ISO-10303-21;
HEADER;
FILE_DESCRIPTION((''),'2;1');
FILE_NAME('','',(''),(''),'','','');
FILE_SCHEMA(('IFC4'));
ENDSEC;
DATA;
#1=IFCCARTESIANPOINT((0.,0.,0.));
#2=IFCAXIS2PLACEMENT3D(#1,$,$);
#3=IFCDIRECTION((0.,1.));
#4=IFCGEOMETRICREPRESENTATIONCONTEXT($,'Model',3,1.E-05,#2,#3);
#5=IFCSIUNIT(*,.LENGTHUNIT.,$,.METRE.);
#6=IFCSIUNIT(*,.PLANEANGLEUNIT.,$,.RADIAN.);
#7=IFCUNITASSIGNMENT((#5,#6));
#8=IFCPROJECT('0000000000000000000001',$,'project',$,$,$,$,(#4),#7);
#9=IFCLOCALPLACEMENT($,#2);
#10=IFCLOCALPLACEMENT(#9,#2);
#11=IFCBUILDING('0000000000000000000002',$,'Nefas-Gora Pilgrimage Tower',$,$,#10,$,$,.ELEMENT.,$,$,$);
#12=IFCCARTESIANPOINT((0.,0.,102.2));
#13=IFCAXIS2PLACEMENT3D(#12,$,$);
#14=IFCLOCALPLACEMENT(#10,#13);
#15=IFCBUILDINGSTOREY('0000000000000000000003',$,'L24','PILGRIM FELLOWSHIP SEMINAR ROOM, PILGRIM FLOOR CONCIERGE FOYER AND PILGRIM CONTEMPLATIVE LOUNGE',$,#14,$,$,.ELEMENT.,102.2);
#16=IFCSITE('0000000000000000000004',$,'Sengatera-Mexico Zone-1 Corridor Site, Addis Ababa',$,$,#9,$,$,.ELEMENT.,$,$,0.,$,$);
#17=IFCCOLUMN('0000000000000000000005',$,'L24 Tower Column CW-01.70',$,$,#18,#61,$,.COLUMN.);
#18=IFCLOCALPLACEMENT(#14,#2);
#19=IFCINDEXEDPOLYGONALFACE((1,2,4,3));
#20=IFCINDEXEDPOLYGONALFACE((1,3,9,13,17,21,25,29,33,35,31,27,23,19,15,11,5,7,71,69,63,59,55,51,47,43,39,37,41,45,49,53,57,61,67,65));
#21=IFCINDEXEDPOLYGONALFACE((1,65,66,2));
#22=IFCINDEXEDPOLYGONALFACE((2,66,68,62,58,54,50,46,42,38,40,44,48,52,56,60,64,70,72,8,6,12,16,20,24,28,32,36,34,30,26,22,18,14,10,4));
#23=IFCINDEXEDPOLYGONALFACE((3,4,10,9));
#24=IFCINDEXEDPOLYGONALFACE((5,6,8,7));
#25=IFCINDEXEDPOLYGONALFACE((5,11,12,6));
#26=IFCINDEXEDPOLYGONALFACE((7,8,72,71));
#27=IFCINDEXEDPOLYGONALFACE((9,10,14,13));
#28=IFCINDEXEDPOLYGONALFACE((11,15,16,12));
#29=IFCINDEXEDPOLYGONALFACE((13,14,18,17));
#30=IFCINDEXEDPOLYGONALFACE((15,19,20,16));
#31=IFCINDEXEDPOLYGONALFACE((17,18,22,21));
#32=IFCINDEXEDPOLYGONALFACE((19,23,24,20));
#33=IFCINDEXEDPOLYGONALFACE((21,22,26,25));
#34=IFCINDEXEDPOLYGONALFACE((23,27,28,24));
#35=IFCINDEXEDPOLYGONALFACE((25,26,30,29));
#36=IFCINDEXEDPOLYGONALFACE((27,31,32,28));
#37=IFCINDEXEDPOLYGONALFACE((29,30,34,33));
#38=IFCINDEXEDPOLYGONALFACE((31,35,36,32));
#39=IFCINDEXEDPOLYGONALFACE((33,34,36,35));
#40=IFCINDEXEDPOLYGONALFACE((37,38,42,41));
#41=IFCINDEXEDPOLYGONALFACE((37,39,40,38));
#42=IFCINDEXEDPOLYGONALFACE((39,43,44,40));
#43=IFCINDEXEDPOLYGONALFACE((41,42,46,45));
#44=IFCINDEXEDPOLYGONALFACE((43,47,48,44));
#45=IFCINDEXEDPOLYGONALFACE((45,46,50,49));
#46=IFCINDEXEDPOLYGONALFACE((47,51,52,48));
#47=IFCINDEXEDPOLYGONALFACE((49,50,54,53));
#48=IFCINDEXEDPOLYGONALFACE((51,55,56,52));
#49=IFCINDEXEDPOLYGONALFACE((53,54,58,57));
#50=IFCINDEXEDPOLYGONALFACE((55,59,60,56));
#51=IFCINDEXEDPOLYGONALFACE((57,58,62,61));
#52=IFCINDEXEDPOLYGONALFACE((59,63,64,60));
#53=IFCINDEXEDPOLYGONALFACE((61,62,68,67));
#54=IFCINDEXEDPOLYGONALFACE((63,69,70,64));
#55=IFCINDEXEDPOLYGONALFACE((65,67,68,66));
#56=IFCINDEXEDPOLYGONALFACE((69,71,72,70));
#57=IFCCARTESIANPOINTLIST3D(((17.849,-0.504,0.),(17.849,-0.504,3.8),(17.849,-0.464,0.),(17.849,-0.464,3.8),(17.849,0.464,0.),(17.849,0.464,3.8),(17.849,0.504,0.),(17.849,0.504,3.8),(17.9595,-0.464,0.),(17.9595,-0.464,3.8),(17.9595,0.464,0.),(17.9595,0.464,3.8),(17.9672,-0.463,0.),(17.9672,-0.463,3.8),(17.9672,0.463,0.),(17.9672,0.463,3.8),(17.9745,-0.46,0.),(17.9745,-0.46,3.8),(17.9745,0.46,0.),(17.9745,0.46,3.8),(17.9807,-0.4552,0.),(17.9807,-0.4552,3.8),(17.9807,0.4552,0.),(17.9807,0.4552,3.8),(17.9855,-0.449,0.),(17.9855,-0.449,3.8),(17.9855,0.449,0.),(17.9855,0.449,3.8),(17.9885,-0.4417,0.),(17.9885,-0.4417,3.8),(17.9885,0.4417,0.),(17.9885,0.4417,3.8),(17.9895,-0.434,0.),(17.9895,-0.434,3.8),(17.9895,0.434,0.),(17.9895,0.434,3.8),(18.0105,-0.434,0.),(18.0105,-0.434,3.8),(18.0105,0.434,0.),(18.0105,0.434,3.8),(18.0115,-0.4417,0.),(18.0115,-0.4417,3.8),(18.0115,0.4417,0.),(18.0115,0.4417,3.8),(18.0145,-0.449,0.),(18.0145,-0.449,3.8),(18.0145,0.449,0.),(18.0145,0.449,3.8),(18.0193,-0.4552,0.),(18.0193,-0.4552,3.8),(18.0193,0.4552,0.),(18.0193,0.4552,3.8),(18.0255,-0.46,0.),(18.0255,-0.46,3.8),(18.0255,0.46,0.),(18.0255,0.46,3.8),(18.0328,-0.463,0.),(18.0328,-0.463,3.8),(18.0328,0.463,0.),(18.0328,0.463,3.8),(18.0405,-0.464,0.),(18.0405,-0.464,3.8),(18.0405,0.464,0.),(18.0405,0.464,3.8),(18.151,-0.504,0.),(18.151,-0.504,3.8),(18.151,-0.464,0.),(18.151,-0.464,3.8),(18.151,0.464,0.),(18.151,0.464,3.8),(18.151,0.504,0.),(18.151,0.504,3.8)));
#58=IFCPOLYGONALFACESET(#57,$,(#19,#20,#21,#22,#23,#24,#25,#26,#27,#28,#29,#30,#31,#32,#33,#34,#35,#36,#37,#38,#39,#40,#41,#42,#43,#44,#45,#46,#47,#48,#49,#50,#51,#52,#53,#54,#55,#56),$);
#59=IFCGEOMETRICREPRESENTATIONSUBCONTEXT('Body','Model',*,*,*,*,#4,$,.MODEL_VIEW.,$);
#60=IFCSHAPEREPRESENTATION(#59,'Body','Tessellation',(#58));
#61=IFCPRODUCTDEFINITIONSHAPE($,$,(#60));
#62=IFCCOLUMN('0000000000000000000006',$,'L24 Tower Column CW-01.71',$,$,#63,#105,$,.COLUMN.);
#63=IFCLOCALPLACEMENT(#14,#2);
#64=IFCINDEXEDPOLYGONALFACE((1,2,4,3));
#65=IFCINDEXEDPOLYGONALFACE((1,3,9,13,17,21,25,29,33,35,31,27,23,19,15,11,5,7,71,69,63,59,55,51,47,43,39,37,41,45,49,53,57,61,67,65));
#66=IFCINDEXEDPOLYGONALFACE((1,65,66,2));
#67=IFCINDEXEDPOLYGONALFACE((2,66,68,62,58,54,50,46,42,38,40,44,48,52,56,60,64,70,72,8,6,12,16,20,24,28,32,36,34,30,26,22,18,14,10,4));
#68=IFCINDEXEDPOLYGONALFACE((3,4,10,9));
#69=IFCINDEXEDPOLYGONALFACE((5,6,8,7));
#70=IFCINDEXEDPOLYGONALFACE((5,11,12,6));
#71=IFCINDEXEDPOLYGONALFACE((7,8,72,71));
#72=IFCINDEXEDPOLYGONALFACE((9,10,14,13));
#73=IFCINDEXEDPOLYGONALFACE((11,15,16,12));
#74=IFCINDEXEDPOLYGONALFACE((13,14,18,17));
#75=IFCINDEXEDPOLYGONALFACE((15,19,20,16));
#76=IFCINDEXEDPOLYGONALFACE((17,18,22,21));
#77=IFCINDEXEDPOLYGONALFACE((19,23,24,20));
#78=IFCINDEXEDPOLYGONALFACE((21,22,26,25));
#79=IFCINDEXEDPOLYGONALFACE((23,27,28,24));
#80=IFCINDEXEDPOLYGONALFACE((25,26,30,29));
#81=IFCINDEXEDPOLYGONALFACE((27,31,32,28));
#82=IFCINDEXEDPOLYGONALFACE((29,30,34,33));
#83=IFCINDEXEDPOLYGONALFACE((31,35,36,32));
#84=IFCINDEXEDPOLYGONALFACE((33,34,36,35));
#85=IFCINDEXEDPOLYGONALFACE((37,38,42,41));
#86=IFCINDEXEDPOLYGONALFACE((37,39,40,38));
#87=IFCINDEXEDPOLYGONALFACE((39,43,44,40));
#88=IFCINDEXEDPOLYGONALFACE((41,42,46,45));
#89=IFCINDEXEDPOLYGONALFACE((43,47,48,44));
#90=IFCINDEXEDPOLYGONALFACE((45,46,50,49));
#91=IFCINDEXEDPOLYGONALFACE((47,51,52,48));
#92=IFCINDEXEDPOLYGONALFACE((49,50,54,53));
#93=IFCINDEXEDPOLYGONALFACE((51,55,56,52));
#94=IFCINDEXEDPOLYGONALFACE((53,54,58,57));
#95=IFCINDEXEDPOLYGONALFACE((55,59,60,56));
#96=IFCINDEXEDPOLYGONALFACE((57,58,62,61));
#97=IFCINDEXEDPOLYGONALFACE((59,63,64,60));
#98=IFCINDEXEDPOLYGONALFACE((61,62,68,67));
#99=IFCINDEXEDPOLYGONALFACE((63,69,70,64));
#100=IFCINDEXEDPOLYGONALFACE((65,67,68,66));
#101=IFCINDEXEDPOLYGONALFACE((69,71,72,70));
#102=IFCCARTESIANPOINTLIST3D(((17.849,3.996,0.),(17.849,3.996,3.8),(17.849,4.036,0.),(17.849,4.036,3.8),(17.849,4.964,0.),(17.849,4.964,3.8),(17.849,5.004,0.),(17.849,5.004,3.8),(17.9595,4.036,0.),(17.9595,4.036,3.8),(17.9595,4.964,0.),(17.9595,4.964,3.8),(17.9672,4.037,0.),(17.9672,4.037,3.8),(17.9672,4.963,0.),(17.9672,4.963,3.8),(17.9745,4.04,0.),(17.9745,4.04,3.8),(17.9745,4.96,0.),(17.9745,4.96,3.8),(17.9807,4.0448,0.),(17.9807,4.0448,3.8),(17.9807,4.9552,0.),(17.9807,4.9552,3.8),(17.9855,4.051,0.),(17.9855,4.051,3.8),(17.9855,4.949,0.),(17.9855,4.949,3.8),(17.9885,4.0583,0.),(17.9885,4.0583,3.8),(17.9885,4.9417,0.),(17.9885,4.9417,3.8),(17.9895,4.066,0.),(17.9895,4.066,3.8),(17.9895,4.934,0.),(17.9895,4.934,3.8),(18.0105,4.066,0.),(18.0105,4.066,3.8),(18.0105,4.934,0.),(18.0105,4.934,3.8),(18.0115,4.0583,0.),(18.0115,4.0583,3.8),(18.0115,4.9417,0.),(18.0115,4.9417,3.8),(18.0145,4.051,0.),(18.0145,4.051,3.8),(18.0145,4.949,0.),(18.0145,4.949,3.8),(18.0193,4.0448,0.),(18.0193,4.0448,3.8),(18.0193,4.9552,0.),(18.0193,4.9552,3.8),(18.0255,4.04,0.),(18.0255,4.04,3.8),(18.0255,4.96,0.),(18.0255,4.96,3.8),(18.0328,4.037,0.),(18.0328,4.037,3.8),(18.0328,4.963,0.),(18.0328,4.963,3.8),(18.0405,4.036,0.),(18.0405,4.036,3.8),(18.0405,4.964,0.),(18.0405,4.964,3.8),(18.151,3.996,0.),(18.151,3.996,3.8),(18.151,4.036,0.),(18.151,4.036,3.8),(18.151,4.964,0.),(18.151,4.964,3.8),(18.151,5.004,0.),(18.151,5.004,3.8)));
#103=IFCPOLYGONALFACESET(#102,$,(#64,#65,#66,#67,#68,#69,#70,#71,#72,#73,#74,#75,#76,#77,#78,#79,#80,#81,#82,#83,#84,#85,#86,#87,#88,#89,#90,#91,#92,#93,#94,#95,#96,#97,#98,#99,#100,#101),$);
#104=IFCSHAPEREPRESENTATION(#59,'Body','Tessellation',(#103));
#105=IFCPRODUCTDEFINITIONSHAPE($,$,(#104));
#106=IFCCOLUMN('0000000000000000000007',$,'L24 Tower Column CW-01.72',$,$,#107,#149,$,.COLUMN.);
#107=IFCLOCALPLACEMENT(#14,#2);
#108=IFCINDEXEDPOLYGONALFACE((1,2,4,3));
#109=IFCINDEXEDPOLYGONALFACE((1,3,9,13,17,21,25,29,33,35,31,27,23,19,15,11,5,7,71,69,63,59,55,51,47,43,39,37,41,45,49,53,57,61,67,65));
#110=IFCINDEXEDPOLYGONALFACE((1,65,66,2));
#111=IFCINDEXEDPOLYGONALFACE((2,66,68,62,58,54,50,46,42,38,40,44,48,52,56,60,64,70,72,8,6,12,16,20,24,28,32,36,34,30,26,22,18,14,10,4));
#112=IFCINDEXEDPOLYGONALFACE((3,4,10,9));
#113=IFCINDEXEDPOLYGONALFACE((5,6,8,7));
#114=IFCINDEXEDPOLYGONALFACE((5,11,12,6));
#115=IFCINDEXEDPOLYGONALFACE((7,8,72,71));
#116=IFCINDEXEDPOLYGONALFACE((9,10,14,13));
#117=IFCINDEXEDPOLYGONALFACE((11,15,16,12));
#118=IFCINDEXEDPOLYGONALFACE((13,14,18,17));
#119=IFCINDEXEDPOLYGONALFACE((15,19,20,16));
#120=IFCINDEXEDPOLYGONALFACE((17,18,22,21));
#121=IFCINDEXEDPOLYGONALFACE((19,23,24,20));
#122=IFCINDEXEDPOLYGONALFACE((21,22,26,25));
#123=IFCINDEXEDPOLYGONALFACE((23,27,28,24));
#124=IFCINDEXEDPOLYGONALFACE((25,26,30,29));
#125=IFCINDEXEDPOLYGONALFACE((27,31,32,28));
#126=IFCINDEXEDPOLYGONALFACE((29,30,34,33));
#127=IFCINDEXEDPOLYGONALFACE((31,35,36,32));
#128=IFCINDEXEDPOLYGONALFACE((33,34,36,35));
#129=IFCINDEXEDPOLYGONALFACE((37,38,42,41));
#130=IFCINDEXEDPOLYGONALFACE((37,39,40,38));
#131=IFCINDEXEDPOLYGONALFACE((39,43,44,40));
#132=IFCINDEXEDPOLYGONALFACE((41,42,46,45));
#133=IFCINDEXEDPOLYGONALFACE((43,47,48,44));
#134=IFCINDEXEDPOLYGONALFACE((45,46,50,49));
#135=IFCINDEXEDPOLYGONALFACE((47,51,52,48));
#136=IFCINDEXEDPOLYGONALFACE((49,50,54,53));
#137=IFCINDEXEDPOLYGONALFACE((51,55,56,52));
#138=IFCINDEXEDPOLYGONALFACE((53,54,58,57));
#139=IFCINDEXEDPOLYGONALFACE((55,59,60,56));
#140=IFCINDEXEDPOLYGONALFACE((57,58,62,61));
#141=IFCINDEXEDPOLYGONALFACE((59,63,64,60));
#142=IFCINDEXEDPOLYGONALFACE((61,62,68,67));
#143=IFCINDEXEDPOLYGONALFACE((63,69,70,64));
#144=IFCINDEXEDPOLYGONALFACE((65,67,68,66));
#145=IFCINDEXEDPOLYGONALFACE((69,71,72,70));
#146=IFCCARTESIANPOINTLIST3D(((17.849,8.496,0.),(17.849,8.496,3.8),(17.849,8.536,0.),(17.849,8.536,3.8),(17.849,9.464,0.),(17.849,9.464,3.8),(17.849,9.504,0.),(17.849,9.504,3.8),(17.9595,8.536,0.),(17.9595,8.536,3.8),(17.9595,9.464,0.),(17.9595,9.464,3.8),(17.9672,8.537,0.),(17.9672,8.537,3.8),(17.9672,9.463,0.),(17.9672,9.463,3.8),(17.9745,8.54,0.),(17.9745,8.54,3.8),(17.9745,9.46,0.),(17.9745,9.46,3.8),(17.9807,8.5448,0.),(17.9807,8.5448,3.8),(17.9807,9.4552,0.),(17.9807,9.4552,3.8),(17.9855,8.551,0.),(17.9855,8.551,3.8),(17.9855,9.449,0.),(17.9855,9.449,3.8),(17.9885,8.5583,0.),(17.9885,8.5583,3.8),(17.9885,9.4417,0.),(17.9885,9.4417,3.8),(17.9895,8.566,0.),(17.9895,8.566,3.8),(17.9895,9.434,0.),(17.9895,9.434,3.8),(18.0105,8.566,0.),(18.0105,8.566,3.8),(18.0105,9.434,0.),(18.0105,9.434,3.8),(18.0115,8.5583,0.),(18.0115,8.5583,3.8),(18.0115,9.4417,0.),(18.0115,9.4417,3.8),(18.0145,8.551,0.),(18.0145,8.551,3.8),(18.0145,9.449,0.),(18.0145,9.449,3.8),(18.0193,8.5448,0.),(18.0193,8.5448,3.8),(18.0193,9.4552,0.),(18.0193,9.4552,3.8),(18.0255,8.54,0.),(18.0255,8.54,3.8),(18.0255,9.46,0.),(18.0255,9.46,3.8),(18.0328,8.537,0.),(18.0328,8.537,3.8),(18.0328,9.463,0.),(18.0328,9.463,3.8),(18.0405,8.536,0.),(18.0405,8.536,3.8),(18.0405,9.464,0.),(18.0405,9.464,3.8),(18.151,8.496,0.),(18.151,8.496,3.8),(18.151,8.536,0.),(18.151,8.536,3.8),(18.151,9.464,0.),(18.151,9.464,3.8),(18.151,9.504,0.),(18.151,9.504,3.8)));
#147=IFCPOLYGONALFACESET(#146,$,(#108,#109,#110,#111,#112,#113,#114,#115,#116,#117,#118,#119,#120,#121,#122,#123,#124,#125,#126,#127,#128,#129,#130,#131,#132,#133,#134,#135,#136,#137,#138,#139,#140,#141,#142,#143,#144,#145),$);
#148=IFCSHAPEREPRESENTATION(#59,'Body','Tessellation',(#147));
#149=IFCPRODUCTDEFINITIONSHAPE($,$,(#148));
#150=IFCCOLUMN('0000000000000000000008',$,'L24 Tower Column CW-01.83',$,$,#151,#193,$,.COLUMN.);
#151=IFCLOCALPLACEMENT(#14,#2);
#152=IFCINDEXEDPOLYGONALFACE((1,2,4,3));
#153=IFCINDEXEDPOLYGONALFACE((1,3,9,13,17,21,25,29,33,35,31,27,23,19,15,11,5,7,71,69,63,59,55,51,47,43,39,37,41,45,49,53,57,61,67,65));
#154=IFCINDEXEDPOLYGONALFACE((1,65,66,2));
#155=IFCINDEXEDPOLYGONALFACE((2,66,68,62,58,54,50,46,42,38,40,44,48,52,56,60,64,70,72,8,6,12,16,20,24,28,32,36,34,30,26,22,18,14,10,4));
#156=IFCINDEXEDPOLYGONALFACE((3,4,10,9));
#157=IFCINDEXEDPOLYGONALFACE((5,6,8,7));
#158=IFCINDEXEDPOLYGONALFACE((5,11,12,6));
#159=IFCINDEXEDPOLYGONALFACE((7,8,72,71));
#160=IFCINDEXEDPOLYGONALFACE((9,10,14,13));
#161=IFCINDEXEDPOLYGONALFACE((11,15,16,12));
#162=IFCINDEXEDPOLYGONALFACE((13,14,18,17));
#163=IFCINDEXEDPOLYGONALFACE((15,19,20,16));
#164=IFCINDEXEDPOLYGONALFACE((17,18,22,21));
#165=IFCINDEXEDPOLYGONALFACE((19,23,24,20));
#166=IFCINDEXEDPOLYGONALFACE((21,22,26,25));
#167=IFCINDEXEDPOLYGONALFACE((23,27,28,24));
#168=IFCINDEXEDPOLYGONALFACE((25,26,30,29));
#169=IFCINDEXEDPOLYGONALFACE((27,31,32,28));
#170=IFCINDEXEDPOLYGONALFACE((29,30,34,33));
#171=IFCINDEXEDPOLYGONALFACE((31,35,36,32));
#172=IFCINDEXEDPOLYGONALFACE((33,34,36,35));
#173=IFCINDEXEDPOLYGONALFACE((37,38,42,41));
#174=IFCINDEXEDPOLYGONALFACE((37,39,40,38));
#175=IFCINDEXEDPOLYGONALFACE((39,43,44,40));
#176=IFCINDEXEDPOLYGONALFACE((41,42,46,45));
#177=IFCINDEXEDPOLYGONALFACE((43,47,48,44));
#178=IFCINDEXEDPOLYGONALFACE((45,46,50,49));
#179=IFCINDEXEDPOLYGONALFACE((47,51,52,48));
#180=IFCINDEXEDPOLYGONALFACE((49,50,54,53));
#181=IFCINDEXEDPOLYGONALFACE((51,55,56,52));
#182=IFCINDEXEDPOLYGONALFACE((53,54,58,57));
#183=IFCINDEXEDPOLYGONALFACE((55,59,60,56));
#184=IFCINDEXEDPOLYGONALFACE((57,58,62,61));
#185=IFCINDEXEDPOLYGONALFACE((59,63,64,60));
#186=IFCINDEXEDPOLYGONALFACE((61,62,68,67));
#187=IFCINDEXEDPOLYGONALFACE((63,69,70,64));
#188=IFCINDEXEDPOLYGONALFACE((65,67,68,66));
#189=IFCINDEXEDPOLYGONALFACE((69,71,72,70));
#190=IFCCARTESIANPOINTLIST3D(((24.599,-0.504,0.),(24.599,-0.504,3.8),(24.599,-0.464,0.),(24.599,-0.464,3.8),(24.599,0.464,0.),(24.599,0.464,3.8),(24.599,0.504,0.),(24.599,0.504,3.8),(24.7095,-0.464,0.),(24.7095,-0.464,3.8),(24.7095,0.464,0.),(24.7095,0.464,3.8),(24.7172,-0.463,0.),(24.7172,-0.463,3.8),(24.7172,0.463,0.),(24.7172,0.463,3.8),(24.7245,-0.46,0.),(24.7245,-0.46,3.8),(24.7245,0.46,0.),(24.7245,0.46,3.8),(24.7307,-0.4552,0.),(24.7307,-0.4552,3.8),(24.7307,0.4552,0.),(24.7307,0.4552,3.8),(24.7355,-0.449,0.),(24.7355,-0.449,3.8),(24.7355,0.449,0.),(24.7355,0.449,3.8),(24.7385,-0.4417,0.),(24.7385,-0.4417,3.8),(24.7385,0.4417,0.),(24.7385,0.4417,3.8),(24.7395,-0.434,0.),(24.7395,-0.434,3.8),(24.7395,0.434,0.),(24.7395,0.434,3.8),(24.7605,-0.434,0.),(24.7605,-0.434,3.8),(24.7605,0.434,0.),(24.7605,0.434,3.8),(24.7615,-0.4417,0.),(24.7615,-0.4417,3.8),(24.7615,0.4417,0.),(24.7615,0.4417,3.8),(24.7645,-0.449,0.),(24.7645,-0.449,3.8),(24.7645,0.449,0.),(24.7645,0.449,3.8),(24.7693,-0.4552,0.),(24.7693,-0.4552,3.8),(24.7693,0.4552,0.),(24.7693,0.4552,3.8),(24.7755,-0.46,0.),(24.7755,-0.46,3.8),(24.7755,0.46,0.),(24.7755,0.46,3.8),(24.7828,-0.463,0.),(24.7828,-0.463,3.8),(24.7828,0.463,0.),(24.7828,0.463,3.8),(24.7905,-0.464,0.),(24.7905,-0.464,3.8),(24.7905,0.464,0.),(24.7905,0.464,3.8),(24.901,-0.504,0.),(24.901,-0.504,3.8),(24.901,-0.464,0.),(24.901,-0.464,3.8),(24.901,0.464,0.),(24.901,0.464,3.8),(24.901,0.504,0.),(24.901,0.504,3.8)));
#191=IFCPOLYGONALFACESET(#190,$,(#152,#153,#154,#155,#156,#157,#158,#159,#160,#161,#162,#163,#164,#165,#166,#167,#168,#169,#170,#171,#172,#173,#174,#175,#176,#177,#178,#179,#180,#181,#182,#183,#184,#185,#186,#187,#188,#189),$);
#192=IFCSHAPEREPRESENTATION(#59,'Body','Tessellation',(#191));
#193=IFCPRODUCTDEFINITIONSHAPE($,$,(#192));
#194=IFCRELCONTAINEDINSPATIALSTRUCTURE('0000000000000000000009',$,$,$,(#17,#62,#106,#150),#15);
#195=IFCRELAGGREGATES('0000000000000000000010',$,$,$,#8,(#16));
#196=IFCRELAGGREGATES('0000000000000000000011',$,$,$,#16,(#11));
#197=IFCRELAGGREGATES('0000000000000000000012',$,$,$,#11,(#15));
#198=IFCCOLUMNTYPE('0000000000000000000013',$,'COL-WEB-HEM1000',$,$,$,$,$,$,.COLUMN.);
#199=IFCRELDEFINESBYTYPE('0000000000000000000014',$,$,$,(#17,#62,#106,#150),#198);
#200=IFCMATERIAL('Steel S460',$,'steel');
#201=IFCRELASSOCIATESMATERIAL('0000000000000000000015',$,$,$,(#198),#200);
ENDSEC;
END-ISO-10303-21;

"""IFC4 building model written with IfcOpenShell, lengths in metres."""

from ifc_helpers import new_model, si_unit, direction, frame, origin, origin_2d, place, context, subcontext, project, spatial, i_section, extrude, source, transform, mapped, material, material_profile, profile_set, type_object, element, save


model = new_model("IFC4")

# Units and contexts
model_context = context("Model", 3, precision=1e-05, world=origin(), true_north=direction((0.0, 1.0)))
body_context = subcontext(model_context, "Body", "Model", "MODEL_VIEW")
ifc_project = project(units=[si_unit("LENGTHUNIT", "METRE"), si_unit("PLANEANGLEUNIT", "RADIAN")], contexts=[model_context])

# Site, building, storey
site_placement = place(None, origin())
site = spatial("IfcSite", under=ifc_project, at=site_placement, Name="Sengatera-Mexico Zone-1 Corridor Site, Addis Ababa", CompositionType="ELEMENT", RefElevation=0.0)
building_placement = place(site_placement, origin())
building = spatial("IfcBuilding", under=site, at=building_placement, Name="Nefas-Gora Pilgrimage Tower", CompositionType="ELEMENT")
storey_placement = place(building_placement, frame((0.0, 0.0, 102.2)))
storey = spatial("IfcBuildingStorey", under=building, at=storey_placement, Name="L24", Description="PILGRIM FELLOWSHIP SEMINAR ROOM, PILGRIM FLOOR CONCIERGE FOYER AND PILGRIM CONTEMPLATIVE LOUNGE", CompositionType="ELEMENT", Elevation=102.2)

# Columns
ifc_material_1 = material(Name="Steel S460", Category="steel")
ifc_material_profile_1 = material_profile(ifc_material_1, i_section(OverallWidth=0.302, OverallDepth=1.0081, WebThickness=0.021, FlangeThickness=0.04, FilletRadius=0.03, at=origin_2d()), Name="HEM 1000")
ifc_profile_set_1 = profile_set([ifc_material_profile_1], Name="Steel S460")
column_type_1 = type_object("IfcColumnType", Name="COL-WEB-HEM1000", PredefinedType="COLUMN", material=ifc_profile_set_1)
shared_shape_1 = source(origin(), body_context, "Body", "SweptSolid", [
    extrude(i_section(OverallWidth=0.302, OverallDepth=1.0081, WebThickness=0.021, FlangeThickness=0.04, FilletRadius=0.03, at=origin_2d()), origin(), (0.0, 0.0, 1.0), 3.8),
])
for number, where, z_axis, x_axis, name in (
    (1, (18.0, 0.0, 0.0), (0.0, 0.0, 1.0), (1.0, 0.0, 0.0), "L24 Tower Column CW-01.70"),
    (2, (18.0, 4.5, 0.0), (0.0, 0.0, 1.0), (1.0, 0.0, 0.0), "L24 Tower Column CW-01.71"),
    (3, (18.0, 9.0, 0.0), (0.0, 0.0, 1.0), (1.0, 0.0, 0.0), "L24 Tower Column CW-01.72"),
    (4, (24.75, 0.0, 0.0), (0.0, 0.0, 1.0), (1.0, 0.0, 0.0), "L24 Tower Column CW-01.83"),
):
    element("IfcColumn", number, at=place(storey_placement, frame(where, z_axis=z_axis, x_axis=x_axis)), inside=storey, type_object=column_type_1, Name=name, PredefinedType="COLUMN", context=body_context, shape_type="MappedRepresentation", body=[
        mapped(shared_shape_1, transform((0.0, 0.0, 0.0), x_axis=(1.0, 0.0, 0.0), y_axis=(0.0, 1.0, 0.0), z_axis=(0.0, 0.0, 1.0), scale=1.0)),
    ])

save(model, "model.ifc")
